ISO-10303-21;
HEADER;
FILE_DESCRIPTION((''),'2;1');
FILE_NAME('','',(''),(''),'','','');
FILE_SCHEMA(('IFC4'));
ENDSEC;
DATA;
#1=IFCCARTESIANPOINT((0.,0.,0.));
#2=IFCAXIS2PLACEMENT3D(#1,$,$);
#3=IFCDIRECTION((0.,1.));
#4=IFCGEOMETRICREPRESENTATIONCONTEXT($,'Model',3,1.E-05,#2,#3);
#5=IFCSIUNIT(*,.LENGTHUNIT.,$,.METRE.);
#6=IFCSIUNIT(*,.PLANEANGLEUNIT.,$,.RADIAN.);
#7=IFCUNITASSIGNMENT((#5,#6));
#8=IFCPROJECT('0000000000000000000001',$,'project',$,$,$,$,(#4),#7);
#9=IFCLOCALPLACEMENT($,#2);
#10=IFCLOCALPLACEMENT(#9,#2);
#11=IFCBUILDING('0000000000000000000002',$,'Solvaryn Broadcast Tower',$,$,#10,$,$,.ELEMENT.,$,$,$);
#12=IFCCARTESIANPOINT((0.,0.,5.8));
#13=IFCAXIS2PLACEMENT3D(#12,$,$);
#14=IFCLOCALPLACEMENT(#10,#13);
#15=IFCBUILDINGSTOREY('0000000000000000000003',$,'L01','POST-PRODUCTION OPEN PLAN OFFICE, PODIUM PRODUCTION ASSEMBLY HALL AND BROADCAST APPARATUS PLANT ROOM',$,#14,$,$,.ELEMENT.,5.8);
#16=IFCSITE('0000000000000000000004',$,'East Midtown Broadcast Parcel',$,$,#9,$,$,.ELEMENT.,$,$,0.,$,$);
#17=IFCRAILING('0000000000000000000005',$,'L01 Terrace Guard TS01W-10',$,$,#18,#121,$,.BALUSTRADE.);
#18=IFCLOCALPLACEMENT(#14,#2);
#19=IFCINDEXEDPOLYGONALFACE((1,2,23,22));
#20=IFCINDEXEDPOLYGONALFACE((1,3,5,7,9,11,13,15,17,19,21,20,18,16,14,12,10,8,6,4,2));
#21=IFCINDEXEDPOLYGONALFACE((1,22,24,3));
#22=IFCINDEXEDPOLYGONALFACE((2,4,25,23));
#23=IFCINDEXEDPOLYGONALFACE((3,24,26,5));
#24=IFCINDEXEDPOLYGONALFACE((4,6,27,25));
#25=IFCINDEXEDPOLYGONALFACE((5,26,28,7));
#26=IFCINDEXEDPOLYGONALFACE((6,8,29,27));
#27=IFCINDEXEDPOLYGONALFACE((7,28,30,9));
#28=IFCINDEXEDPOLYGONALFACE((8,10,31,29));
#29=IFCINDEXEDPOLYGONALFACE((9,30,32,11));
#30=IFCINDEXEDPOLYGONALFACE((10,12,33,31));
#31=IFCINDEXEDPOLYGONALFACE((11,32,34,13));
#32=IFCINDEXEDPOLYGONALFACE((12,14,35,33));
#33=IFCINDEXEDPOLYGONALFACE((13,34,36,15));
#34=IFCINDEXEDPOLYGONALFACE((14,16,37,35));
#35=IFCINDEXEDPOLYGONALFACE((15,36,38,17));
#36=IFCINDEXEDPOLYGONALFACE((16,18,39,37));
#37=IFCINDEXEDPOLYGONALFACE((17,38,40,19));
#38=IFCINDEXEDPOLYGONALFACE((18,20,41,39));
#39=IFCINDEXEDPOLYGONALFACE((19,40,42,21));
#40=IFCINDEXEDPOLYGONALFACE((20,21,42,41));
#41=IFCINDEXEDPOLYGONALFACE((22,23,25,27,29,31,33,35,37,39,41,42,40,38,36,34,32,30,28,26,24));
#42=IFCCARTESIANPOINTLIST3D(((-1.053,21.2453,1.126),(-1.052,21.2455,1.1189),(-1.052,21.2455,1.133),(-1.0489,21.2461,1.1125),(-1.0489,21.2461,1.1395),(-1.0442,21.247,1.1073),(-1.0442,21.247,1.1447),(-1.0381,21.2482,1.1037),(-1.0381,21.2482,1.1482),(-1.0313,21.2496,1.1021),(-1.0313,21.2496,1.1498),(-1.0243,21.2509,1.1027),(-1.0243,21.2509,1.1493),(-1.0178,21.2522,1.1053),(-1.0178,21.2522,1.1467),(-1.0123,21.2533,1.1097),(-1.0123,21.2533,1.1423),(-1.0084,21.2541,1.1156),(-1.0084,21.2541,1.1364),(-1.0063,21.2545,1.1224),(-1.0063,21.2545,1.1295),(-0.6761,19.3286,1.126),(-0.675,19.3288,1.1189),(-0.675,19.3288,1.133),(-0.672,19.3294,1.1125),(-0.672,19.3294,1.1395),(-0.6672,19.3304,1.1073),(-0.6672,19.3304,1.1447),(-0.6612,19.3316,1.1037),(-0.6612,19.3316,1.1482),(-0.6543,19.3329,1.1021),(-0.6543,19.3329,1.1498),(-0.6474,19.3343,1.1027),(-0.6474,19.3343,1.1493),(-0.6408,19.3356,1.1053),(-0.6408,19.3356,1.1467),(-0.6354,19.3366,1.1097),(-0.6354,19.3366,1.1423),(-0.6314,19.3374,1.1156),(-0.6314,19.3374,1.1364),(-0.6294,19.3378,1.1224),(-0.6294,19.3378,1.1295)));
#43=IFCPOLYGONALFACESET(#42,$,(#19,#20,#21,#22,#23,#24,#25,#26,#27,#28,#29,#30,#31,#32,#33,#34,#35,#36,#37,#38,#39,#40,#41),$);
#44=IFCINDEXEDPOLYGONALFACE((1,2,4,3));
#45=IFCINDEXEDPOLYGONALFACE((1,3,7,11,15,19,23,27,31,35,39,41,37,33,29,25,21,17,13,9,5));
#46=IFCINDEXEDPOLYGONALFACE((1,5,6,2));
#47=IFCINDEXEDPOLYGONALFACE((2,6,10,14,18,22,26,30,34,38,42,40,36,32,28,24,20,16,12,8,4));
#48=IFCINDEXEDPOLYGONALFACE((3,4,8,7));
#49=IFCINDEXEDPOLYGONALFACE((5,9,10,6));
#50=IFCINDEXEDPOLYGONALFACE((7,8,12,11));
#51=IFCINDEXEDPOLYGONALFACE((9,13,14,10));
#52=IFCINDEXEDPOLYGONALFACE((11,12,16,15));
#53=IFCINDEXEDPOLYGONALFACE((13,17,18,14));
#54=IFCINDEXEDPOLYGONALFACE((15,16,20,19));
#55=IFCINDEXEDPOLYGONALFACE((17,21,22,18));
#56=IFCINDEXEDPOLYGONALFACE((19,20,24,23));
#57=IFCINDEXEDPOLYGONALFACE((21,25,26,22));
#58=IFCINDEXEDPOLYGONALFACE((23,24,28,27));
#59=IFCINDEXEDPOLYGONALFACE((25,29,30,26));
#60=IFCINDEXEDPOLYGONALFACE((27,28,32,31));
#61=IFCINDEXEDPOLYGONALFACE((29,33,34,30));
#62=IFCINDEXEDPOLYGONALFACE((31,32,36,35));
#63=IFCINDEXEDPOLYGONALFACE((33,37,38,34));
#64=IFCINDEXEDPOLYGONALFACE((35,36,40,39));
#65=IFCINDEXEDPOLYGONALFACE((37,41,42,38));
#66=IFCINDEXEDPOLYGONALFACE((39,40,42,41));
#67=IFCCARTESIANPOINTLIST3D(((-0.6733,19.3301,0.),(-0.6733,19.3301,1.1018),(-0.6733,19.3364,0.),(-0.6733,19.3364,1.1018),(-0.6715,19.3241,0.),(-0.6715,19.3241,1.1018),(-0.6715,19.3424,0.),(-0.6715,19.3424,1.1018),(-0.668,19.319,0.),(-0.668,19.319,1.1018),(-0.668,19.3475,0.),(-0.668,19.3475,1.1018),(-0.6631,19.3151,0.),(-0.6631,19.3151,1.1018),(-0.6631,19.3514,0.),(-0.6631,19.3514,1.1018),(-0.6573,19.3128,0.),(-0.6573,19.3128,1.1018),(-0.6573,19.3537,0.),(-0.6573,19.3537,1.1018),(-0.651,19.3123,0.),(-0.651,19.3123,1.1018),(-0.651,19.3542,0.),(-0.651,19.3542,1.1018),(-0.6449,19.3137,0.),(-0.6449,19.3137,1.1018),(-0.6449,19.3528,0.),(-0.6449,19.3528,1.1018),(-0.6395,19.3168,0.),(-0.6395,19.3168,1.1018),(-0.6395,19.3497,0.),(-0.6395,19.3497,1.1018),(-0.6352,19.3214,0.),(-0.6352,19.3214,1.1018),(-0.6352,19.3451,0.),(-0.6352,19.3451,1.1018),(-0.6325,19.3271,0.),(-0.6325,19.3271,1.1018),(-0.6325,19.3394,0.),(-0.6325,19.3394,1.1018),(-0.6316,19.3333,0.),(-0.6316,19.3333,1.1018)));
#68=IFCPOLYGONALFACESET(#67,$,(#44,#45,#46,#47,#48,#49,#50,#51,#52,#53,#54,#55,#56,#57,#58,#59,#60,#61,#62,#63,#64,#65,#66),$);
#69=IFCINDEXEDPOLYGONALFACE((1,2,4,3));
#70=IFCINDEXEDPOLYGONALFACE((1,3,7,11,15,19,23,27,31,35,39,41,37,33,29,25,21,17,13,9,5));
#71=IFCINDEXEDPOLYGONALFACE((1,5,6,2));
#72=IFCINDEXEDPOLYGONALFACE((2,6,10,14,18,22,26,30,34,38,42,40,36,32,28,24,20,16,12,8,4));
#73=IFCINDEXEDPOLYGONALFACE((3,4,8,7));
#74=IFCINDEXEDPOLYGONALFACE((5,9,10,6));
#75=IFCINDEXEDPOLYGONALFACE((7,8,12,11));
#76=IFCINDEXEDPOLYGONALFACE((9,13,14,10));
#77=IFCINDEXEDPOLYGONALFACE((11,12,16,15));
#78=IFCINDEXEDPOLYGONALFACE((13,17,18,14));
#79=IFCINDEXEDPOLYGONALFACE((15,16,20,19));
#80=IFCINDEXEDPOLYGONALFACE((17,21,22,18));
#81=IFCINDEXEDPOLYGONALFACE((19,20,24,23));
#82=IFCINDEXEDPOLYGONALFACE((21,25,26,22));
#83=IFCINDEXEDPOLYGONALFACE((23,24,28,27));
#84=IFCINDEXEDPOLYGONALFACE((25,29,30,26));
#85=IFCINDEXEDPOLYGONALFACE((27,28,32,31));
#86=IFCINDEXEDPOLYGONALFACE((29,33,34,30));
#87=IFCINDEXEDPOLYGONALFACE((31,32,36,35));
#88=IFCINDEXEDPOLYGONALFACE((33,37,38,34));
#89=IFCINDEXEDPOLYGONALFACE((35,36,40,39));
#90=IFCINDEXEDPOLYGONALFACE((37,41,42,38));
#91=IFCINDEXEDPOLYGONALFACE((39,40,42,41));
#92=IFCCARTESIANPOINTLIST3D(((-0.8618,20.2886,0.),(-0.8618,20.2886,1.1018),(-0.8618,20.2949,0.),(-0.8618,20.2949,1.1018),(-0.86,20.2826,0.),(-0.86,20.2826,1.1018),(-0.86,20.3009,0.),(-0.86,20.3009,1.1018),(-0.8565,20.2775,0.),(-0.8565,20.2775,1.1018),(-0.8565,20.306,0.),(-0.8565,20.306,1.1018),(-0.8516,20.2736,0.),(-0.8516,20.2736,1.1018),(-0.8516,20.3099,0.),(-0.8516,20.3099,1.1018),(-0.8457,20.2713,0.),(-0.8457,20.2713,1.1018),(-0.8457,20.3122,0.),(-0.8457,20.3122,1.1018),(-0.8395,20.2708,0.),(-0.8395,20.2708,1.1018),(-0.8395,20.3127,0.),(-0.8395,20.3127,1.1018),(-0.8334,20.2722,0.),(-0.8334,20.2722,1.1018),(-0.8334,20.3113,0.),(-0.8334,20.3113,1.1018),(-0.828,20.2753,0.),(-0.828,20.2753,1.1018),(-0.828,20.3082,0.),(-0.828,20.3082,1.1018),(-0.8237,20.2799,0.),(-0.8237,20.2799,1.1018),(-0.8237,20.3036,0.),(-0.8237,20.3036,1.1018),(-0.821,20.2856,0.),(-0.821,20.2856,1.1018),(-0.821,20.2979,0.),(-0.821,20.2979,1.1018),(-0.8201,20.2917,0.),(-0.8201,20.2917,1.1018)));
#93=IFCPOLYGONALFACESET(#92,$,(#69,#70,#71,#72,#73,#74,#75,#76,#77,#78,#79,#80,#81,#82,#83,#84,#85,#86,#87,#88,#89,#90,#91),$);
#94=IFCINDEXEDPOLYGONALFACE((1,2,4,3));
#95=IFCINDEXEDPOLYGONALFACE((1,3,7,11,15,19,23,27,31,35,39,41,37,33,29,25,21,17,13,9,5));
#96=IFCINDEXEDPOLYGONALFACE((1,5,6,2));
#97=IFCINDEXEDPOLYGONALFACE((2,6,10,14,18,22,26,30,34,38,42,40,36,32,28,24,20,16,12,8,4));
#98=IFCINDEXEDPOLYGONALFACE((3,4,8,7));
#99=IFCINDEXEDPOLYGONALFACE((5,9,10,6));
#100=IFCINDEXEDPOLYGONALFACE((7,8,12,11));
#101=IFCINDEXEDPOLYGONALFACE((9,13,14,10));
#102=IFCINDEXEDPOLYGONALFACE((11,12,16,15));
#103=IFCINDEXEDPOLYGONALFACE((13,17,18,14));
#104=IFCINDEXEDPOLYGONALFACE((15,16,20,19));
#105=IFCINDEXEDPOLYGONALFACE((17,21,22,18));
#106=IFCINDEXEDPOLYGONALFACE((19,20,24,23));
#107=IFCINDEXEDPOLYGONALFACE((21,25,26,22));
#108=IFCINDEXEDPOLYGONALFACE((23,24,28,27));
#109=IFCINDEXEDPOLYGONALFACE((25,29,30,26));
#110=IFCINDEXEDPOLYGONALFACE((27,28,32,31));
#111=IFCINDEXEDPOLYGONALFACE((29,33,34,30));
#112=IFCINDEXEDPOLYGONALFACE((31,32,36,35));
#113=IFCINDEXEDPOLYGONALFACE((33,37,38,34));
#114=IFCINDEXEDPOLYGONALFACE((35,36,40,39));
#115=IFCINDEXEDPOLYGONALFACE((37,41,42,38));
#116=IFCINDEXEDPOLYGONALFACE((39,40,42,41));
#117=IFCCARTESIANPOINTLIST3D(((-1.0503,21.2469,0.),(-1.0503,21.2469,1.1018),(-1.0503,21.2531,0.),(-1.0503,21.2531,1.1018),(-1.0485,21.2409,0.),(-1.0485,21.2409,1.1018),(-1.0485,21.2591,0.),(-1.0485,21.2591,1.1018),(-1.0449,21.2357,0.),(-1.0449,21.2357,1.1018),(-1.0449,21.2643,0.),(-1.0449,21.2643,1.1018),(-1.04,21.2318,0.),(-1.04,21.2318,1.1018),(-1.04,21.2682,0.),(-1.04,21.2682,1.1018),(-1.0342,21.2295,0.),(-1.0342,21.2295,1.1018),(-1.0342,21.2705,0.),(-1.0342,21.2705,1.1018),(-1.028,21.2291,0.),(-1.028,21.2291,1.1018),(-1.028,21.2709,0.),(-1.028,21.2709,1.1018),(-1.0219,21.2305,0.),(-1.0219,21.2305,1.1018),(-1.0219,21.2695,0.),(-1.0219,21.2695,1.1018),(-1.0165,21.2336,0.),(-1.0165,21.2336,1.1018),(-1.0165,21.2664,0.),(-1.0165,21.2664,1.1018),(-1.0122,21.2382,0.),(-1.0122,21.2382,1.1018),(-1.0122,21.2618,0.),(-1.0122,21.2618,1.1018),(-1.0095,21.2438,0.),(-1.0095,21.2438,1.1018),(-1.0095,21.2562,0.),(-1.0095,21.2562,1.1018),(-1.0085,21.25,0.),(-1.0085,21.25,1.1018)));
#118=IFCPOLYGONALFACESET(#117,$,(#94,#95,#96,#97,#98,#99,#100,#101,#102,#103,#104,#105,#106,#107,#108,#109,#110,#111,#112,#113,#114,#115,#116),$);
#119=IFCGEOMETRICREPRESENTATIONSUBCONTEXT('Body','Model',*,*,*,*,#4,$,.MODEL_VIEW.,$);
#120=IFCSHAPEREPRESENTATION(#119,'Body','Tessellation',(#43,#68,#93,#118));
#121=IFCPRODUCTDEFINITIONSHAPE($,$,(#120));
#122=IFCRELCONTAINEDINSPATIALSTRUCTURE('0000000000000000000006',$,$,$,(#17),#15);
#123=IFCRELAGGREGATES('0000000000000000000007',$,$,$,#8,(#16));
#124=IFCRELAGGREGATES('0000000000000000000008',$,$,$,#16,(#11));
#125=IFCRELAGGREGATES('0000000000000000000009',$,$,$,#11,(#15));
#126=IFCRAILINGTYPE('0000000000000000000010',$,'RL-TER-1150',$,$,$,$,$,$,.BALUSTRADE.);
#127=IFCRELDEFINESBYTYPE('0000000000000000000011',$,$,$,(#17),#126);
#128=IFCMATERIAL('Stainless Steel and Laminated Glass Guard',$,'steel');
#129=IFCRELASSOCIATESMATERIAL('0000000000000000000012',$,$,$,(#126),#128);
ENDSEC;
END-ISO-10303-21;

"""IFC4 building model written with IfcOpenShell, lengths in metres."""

from ifc_helpers import new_model, si_unit, direction, frame, origin, origin_2d, place, context, subcontext, project, spatial, circle, extrude, material, type_object, element, save


model = new_model("IFC4")

# Units and contexts
model_context = context("Model", 3, precision=1e-05, world=origin(), true_north=direction((0.0, 1.0)))
body_context = subcontext(model_context, "Body", "Model", "MODEL_VIEW")
ifc_project = project(units=[si_unit("LENGTHUNIT", "METRE"), si_unit("PLANEANGLEUNIT", "RADIAN")], contexts=[model_context])

# Site, building, storey
site_placement = place(None, origin())
site = spatial("IfcSite", under=ifc_project, at=site_placement, Name="East Midtown Broadcast Parcel", CompositionType="ELEMENT", RefElevation=0.0)
building_placement = place(site_placement, origin())
building = spatial("IfcBuilding", under=site, at=building_placement, Name="Solvaryn Broadcast Tower", CompositionType="ELEMENT")
storey_placement = place(building_placement, frame((0.0, 0.0, 5.8)))
storey = spatial("IfcBuildingStorey", under=building, at=storey_placement, Name="L01", Description="POST-PRODUCTION OPEN PLAN OFFICE, PODIUM PRODUCTION ASSEMBLY HALL AND BROADCAST APPARATUS PLANT ROOM", CompositionType="ELEMENT", Elevation=5.8)

# Railing
ifc_material_1 = material(Name="Stainless Steel and Laminated Glass Guard", Category="steel")
railing_type = type_object("IfcRailingType", Name="RL-TER-1150", PredefinedType="BALUSTRADE", material=ifc_material_1)
railing_1_placement = place(storey_placement, frame((-0.6526, 19.3333, 0.0)))
element("IfcRailing", 1, at=railing_1_placement, inside=storey, type_object=railing_type, Name="L01 Terrace Guard TS01W-10", PredefinedType="BALUSTRADE", context=body_context, shape_type="SweptSolid", body=[
    extrude(circle(Radius=0.0239, at=origin_2d()), frame((0.0, 0.0, 1.126), z_axis=(-0.192967, 0.981205, 0.0), x_axis=(-0.981205, -0.192967, 0.0)), (0.0, 0.0, 1.0), 1.9534),
    extrude(circle(Radius=0.021, at=origin_2d()), origin(), (0.0, 0.0, 1.0), 1.1018),
    extrude(circle(Radius=0.021, at=origin_2d()), frame((-0.1885, 0.9585, 0.0)), (0.0, 0.0, 1.0), 1.1018),
    extrude(circle(Radius=0.021, at=origin_2d()), frame((-0.377, 1.9167, 0.0)), (0.0, 0.0, 1.0), 1.1018),
])

save(model, "model.ifc")
